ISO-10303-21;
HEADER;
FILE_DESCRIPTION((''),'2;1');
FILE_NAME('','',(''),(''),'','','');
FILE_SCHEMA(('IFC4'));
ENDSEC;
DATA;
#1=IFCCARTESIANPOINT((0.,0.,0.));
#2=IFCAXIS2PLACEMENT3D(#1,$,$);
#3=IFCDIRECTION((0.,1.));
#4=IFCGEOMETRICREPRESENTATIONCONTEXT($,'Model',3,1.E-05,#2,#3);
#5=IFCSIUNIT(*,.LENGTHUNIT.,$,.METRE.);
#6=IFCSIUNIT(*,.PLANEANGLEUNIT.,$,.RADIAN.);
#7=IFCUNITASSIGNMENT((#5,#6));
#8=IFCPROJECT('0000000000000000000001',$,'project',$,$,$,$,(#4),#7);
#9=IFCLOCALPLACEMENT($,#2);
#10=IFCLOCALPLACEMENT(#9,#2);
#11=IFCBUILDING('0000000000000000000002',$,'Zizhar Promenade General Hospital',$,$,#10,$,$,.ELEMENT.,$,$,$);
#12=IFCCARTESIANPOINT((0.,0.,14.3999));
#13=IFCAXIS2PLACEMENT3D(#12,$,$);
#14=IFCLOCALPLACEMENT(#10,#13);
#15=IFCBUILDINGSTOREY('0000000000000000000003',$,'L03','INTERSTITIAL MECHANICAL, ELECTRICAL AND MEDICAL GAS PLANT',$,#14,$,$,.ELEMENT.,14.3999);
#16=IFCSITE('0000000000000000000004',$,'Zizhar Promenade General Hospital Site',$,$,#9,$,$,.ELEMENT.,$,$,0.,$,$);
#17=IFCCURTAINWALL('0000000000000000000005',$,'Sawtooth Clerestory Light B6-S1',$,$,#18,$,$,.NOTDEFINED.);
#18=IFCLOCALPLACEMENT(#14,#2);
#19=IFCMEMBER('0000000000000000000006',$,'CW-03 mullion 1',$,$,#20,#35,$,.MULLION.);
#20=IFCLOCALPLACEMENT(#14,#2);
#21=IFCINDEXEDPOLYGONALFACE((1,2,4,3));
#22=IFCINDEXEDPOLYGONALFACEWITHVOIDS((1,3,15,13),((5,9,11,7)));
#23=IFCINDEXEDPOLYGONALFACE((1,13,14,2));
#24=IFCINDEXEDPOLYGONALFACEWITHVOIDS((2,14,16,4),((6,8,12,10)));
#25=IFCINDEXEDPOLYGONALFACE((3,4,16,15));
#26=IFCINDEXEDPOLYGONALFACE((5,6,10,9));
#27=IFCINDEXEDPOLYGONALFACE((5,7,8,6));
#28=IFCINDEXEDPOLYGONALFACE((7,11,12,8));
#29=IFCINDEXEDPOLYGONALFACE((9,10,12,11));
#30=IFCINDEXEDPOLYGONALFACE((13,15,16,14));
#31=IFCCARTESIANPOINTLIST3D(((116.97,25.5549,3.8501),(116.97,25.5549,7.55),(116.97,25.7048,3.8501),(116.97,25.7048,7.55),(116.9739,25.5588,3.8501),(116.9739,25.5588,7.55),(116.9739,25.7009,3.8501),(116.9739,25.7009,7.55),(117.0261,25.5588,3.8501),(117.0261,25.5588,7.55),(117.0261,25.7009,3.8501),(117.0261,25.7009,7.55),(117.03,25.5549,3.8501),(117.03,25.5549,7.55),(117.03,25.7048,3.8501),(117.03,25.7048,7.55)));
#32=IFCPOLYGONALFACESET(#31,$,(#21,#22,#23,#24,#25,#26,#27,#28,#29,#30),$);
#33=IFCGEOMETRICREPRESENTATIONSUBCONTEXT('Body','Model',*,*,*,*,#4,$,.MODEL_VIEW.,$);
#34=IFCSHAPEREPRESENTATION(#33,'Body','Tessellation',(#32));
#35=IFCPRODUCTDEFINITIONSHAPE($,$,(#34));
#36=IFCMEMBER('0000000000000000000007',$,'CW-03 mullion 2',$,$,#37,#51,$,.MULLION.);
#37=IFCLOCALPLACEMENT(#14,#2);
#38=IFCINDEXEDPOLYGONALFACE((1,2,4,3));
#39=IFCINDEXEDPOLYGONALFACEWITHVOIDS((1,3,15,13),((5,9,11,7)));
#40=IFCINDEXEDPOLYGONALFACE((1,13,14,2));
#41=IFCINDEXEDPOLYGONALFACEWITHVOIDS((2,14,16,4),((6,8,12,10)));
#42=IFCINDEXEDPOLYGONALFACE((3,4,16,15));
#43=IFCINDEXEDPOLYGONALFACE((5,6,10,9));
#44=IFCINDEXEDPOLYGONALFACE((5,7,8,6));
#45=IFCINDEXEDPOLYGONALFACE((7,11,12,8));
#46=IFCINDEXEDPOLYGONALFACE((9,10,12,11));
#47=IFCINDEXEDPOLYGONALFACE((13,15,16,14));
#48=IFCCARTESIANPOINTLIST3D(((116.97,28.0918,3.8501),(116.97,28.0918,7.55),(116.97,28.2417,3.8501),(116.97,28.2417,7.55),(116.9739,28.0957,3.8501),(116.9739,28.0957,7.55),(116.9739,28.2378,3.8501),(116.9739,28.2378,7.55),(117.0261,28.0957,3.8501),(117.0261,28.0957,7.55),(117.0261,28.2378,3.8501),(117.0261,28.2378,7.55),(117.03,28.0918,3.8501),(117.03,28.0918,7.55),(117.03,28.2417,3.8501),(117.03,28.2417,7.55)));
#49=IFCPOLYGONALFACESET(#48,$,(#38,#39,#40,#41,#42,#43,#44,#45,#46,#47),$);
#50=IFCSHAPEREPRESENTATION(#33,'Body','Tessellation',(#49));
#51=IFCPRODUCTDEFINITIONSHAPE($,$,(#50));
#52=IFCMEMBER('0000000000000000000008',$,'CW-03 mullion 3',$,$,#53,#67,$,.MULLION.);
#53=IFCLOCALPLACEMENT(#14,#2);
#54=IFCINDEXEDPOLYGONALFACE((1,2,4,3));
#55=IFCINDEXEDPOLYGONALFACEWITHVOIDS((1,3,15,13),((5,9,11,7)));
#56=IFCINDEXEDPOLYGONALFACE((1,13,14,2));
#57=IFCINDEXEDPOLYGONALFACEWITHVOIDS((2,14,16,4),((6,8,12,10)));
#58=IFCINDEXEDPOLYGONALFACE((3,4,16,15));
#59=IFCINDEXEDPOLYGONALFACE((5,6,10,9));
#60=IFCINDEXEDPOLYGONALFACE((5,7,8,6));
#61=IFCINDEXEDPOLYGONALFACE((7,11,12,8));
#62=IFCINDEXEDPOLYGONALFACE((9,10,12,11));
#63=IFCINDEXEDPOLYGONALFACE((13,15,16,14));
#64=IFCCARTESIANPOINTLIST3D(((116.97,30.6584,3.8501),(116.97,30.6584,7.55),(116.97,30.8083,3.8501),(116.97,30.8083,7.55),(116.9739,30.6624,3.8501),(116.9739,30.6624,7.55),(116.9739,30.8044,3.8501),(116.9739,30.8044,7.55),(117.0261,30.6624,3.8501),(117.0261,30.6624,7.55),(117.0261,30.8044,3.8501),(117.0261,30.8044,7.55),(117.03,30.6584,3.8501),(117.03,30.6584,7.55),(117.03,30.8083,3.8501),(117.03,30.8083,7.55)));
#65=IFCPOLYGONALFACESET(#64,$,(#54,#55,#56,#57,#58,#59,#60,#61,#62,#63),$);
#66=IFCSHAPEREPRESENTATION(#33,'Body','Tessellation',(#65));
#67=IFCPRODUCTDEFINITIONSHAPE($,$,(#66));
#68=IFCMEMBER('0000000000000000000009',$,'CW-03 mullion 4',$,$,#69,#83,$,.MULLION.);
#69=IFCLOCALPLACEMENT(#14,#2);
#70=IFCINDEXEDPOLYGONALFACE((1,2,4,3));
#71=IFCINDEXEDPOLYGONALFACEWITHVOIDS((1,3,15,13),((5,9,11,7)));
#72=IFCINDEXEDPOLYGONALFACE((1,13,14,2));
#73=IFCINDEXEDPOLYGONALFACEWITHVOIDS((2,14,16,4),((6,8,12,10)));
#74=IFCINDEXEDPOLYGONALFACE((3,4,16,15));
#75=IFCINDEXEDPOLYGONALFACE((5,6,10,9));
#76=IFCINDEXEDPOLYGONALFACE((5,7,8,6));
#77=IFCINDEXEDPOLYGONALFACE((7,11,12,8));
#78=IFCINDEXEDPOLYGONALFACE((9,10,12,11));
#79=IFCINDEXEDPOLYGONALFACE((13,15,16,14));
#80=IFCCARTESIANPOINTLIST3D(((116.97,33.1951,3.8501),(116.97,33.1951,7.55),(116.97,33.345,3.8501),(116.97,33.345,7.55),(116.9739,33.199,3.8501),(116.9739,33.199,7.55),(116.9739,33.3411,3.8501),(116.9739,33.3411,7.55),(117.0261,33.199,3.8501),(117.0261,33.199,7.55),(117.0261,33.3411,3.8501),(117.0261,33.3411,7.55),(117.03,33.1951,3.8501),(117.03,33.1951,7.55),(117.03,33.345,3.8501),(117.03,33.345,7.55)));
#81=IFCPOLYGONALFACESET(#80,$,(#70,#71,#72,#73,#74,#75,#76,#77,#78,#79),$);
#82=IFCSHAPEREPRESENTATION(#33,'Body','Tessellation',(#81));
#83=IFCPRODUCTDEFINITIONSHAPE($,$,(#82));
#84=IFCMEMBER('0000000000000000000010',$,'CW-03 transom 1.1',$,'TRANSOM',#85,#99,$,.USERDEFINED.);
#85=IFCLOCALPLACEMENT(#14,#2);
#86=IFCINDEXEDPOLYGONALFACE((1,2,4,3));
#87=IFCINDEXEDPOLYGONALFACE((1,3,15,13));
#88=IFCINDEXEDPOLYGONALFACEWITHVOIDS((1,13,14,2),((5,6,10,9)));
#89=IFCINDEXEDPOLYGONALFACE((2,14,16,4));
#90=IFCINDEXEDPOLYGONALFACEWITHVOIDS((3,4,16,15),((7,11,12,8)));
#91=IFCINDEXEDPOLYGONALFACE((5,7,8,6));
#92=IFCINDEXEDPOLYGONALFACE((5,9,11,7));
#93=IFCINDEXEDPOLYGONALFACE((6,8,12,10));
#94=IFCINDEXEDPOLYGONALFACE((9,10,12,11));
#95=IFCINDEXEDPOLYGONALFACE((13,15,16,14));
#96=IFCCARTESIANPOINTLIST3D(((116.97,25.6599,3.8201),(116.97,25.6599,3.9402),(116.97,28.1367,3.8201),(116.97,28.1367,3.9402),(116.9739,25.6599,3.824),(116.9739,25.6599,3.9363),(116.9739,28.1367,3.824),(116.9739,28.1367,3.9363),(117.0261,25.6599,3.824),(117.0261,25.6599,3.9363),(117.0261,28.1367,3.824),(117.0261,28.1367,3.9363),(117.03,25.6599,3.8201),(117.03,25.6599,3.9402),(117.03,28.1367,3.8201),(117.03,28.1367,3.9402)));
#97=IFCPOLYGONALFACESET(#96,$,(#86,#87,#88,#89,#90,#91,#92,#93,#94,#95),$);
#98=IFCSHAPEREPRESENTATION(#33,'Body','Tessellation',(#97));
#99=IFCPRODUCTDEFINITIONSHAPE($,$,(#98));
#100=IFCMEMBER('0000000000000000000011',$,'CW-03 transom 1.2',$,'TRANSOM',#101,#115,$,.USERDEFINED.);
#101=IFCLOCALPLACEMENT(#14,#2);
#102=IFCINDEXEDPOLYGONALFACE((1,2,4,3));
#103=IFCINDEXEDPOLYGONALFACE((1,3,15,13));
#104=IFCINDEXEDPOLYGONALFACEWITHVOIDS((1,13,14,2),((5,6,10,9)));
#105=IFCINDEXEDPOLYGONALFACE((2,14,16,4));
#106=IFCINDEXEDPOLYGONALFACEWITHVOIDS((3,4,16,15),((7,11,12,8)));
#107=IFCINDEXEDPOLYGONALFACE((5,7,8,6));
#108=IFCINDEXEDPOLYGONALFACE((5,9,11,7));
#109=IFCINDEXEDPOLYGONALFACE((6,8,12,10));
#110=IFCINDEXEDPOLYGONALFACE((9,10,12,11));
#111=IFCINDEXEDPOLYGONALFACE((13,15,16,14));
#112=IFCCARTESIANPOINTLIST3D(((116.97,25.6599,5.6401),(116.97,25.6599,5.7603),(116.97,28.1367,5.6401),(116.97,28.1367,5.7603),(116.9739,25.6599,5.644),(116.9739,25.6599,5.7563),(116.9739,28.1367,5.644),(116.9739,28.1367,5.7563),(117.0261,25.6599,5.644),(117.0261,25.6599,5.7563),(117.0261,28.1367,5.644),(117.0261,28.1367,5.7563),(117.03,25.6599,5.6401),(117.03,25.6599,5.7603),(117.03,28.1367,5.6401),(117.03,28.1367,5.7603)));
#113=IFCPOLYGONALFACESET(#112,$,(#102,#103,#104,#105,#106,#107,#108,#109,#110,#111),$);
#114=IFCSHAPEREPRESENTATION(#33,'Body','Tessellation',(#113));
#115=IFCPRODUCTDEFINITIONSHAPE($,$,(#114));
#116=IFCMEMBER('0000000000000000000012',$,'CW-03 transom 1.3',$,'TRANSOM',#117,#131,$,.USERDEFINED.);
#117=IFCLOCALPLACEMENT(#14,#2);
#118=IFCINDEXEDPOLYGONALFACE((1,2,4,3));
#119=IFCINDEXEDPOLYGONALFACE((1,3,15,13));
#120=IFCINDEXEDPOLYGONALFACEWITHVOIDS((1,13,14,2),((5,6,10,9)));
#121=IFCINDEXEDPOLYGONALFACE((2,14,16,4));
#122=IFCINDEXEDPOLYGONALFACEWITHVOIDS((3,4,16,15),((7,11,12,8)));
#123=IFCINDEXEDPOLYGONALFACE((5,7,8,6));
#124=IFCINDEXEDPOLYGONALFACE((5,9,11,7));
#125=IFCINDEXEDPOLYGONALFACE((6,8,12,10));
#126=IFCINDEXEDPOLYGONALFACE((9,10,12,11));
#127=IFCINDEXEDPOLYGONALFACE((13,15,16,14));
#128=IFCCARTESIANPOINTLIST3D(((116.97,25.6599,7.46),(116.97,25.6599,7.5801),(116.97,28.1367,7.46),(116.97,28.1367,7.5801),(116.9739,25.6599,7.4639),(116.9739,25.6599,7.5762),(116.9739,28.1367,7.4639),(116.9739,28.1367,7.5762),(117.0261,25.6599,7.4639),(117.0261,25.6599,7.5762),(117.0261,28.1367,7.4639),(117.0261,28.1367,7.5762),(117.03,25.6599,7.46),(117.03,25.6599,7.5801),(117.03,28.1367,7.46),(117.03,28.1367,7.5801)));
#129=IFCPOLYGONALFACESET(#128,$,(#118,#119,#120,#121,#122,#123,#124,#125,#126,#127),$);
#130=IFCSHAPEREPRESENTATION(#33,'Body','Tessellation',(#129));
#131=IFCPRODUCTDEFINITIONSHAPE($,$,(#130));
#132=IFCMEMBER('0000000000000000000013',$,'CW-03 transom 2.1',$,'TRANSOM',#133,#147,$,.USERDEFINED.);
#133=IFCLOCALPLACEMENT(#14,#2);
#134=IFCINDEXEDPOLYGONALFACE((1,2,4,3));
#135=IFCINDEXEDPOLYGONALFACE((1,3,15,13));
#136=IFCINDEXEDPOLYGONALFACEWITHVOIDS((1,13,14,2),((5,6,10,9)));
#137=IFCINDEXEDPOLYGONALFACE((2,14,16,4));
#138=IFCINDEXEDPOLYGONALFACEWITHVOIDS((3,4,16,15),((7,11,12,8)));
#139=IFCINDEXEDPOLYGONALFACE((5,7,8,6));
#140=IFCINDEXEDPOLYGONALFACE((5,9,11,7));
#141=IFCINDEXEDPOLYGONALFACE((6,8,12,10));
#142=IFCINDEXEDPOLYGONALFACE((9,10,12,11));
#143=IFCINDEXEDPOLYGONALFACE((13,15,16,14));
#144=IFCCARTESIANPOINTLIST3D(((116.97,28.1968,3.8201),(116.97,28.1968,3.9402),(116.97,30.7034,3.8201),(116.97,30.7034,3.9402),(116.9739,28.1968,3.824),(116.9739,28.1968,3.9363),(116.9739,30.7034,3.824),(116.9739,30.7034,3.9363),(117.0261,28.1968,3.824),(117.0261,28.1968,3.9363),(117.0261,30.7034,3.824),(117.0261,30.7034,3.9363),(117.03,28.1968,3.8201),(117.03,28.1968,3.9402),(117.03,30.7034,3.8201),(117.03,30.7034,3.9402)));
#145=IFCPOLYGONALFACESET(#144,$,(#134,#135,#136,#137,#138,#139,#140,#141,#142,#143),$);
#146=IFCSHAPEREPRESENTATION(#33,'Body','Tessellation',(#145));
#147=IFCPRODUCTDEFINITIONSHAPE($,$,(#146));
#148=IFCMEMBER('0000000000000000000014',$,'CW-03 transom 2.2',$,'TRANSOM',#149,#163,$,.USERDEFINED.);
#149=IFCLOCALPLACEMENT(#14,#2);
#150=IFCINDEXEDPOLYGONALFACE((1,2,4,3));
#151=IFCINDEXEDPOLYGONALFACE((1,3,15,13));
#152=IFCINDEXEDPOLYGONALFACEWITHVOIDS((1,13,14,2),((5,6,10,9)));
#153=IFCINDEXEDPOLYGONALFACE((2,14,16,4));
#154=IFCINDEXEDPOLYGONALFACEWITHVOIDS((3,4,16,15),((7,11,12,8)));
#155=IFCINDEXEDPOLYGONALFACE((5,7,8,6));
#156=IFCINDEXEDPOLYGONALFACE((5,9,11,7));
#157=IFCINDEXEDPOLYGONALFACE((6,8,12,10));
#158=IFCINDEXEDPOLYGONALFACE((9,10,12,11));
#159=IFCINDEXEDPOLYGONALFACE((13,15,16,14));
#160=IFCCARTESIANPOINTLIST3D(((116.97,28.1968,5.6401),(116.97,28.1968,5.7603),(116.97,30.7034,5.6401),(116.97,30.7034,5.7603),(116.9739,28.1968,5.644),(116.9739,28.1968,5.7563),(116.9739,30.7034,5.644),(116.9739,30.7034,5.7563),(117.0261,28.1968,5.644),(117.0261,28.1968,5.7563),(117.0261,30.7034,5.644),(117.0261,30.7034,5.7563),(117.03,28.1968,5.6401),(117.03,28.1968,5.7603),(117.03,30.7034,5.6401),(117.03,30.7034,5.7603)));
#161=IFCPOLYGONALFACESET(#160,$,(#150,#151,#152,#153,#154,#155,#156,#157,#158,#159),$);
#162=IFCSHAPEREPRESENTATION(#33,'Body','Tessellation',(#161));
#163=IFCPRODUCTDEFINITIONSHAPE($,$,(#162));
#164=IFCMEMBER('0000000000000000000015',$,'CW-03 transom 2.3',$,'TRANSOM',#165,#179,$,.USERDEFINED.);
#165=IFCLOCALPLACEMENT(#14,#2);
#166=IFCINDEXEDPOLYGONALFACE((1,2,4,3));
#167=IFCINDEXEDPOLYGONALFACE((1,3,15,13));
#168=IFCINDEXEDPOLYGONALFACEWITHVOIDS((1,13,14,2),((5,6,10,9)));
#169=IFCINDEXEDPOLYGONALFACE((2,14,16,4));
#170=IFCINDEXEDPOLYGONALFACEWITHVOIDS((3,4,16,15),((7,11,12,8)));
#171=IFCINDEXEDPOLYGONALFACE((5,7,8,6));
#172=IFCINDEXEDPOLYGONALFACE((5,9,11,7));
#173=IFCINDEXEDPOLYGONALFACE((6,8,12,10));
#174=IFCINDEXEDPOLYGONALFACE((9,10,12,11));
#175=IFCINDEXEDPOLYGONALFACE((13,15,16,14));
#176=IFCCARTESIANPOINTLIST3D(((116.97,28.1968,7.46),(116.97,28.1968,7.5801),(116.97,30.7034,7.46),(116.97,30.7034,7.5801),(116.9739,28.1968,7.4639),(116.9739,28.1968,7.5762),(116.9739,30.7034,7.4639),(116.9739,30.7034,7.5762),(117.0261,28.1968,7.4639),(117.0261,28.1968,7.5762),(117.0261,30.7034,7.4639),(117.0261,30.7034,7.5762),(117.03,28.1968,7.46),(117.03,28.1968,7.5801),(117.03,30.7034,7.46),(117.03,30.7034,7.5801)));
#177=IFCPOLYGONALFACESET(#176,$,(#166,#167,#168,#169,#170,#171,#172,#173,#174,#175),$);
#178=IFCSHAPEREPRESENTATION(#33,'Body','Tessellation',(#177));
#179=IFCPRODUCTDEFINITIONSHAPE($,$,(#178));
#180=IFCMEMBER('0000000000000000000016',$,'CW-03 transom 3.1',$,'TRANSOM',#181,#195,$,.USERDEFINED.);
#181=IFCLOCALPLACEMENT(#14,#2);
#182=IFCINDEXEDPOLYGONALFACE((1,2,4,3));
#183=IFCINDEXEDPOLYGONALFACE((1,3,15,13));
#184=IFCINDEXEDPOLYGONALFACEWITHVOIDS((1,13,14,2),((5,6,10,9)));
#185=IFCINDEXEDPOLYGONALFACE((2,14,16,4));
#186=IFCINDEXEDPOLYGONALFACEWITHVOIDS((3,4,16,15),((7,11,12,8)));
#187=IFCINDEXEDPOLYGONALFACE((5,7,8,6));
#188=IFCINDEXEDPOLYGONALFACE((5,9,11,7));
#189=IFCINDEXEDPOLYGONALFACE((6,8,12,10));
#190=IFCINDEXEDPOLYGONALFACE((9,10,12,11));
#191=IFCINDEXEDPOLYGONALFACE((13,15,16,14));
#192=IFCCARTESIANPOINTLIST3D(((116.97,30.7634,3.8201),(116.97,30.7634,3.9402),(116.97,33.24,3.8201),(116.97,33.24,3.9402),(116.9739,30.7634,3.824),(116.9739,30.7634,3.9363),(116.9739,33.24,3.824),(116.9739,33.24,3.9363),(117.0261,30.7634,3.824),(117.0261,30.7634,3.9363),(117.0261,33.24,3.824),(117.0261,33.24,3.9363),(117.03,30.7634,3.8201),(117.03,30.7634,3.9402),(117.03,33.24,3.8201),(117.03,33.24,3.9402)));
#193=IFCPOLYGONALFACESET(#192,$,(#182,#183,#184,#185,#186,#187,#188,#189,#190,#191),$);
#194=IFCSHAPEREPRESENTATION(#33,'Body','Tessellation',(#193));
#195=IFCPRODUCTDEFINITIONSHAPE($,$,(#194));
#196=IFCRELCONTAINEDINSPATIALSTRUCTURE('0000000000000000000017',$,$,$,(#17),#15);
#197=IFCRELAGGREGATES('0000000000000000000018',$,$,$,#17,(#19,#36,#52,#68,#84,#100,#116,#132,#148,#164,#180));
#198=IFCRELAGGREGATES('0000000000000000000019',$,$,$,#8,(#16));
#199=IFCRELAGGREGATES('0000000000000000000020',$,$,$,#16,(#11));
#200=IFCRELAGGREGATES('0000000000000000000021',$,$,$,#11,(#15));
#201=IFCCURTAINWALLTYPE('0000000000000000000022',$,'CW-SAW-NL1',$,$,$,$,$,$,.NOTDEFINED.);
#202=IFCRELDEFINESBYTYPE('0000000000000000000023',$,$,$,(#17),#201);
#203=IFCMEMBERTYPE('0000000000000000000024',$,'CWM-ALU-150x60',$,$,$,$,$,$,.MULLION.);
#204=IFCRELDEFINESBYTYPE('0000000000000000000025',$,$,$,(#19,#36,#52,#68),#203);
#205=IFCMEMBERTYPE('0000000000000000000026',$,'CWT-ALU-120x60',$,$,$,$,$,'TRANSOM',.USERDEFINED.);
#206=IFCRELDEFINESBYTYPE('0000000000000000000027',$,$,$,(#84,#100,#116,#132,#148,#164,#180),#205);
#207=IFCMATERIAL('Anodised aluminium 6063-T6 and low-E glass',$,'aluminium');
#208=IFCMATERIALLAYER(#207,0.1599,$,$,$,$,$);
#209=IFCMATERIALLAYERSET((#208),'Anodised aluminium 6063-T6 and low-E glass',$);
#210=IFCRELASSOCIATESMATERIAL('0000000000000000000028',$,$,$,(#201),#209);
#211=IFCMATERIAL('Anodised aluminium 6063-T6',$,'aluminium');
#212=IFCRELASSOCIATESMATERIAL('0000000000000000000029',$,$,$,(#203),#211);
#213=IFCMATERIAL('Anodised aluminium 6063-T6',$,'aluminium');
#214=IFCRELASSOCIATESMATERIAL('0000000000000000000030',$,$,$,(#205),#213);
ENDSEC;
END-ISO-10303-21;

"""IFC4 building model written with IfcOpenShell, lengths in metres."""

from ifc_helpers import new_model, si_unit, direction, frame, origin, origin_2d, place, context, subcontext, project, spatial, hollow_rectangle, extrude, material, layer, layer_set, material_profile, profile_set, type_object, element, aggregate, save


model = new_model("IFC4")

# Units and contexts
model_context = context("Model", 3, precision=1e-05, world=origin(), true_north=direction((0.0, 1.0)))
body_context = subcontext(model_context, "Body", "Model", "MODEL_VIEW")
ifc_project = project(units=[si_unit("LENGTHUNIT", "METRE"), si_unit("PLANEANGLEUNIT", "RADIAN")], contexts=[model_context])

# Site, building, storey
site_placement = place(None, origin())
site = spatial("IfcSite", under=ifc_project, at=site_placement, Name="Zizhar Promenade General Hospital Site", CompositionType="ELEMENT", RefElevation=0.0)
building_placement = place(site_placement, origin())
building = spatial("IfcBuilding", under=site, at=building_placement, Name="Zizhar Promenade General Hospital", CompositionType="ELEMENT")
storey_placement = place(building_placement, frame((0.0, 0.0, 14.3999)))
storey = spatial("IfcBuildingStorey", under=building, at=storey_placement, Name="L03", Description="INTERSTITIAL MECHANICAL, ELECTRICAL AND MEDICAL GAS PLANT", CompositionType="ELEMENT", Elevation=14.3999)

# Curtain wall, members
ifc_material_1 = material(Name="Anodised aluminium 6063-T6 and low-E glass", Category="aluminium")
ifc_layer_1 = layer(ifc_material_1, 0.1599)
ifc_layer_set_1 = layer_set([ifc_layer_1], Name="Anodised aluminium 6063-T6 and low-E glass")
curtain_wall_type = type_object("IfcCurtainWallType", Name="CW-SAW-NL1", PredefinedType="NOTDEFINED", material=ifc_layer_set_1)
curtain_wall_placement = place(storey_placement, origin())
curtain_wall = element("IfcCurtainWall", 1, at=curtain_wall_placement, inside=storey, type_object=curtain_wall_type, Name="Sawtooth Clerestory Light B6-S1", PredefinedType="NOTDEFINED")
ifc_material_2 = material(Name="Anodised aluminium 6063-T6", Category="aluminium")
ifc_material_profile_1 = material_profile(ifc_material_2, hollow_rectangle(XDim=0.0601, YDim=0.1499, WallThickness=0.0039, at=origin_2d()))
ifc_profile_set_1 = profile_set([ifc_material_profile_1], Name="Anodised aluminium 6063-T6")
member_type_1 = type_object("IfcMemberType", Name="CWM-ALU-150x60", PredefinedType="MULLION", material=ifc_profile_set_1)
member_1_placement = place(storey_placement, frame((117.0, 25.6299, 3.8501), z_axis=(0.0, 0.0, 1.0), x_axis=(-1.0, 0.0, 0.0)))
member_1 = element("IfcMember", 2, at=member_1_placement, type_object=member_type_1, Name="CW-03 mullion 1", PredefinedType="MULLION", context=body_context, shape_type="SweptSolid", body=[
    extrude(hollow_rectangle(XDim=0.0601, YDim=0.1499, WallThickness=0.0039, at=origin_2d()), origin(), (0.0, 0.0, 1.0), 3.7),
])
member_2_placement = place(storey_placement, frame((117.0, 28.1667, 3.8501), z_axis=(0.0, 0.0, 1.0), x_axis=(-1.0, 0.0, 0.0)))
member_2 = element("IfcMember", 3, at=member_2_placement, type_object=member_type_1, Name="CW-03 mullion 2", PredefinedType="MULLION", context=body_context, shape_type="SweptSolid", body=[
    extrude(hollow_rectangle(XDim=0.0601, YDim=0.1499, WallThickness=0.0039, at=origin_2d()), origin(), (0.0, 0.0, 1.0), 3.7),
])
member_3_placement = place(storey_placement, frame((117.0, 30.7334, 3.8501), z_axis=(0.0, 0.0, 1.0), x_axis=(-1.0, 0.0, 0.0)))
member_3 = element("IfcMember", 4, at=member_3_placement, type_object=member_type_1, Name="CW-03 mullion 3", PredefinedType="MULLION", context=body_context, shape_type="SweptSolid", body=[
    extrude(hollow_rectangle(XDim=0.0601, YDim=0.1499, WallThickness=0.0039, at=origin_2d()), origin(), (0.0, 0.0, 1.0), 3.7),
])
member_4_placement = place(storey_placement, frame((117.0, 33.27, 3.8501), z_axis=(0.0, 0.0, 1.0), x_axis=(-1.0, 0.0, 0.0)))
member_4 = element("IfcMember", 5, at=member_4_placement, type_object=member_type_1, Name="CW-03 mullion 4", PredefinedType="MULLION", context=body_context, shape_type="SweptSolid", body=[
    extrude(hollow_rectangle(XDim=0.0601, YDim=0.1499, WallThickness=0.0039, at=origin_2d()), origin(), (0.0, 0.0, 1.0), 3.7),
])
ifc_material_3 = material(Name="Anodised aluminium 6063-T6", Category="aluminium")
ifc_material_profile_2 = material_profile(ifc_material_3, hollow_rectangle(XDim=0.0601, YDim=0.1201, WallThickness=0.0039, at=origin_2d()))
ifc_profile_set_2 = profile_set([ifc_material_profile_2], Name="Anodised aluminium 6063-T6")
member_type_2 = type_object("IfcMemberType", Name="CWT-ALU-120x60", ElementType="TRANSOM", PredefinedType="USERDEFINED", material=ifc_profile_set_2)
member_5_placement = place(storey_placement, frame((117.0, 25.6599, 3.8801), z_axis=(0.0, 1.0, 0.0), x_axis=(-1.0, 0.0, 0.0)))
member_5 = element("IfcMember", 6, at=member_5_placement, type_object=member_type_2, Name="CW-03 transom 1.1", ObjectType="TRANSOM", PredefinedType="USERDEFINED", context=body_context, shape_type="SweptSolid", body=[
    extrude(hollow_rectangle(XDim=0.0601, YDim=0.1201, WallThickness=0.0039, at=origin_2d()), origin(), (0.0, 0.0, 1.0), 2.4768),
])
member_6_placement = place(storey_placement, frame((117.0, 25.6599, 5.7002), z_axis=(0.0, 1.0, 0.0), x_axis=(-1.0, 0.0, 0.0)))
member_6 = element("IfcMember", 7, at=member_6_placement, type_object=member_type_2, Name="CW-03 transom 1.2", ObjectType="TRANSOM", PredefinedType="USERDEFINED", context=body_context, shape_type="SweptSolid", body=[
    extrude(hollow_rectangle(XDim=0.0601, YDim=0.1201, WallThickness=0.0039, at=origin_2d()), origin(), (0.0, 0.0, 1.0), 2.4768),
])
member_7_placement = place(storey_placement, frame((117.0, 25.6599, 7.52), z_axis=(0.0, 1.0, 0.0), x_axis=(-1.0, 0.0, 0.0)))
member_7 = element("IfcMember", 8, at=member_7_placement, type_object=member_type_2, Name="CW-03 transom 1.3", ObjectType="TRANSOM", PredefinedType="USERDEFINED", context=body_context, shape_type="SweptSolid", body=[
    extrude(hollow_rectangle(XDim=0.0601, YDim=0.1201, WallThickness=0.0039, at=origin_2d()), origin(), (0.0, 0.0, 1.0), 2.4768),
])
member_8_placement = place(storey_placement, frame((117.0, 28.1968, 3.8801), z_axis=(0.0, 1.0, 0.0), x_axis=(-1.0, 0.0, 0.0)))
member_8 = element("IfcMember", 9, at=member_8_placement, type_object=member_type_2, Name="CW-03 transom 2.1", ObjectType="TRANSOM", PredefinedType="USERDEFINED", context=body_context, shape_type="SweptSolid", body=[
    extrude(hollow_rectangle(XDim=0.0601, YDim=0.1201, WallThickness=0.0039, at=origin_2d()), origin(), (0.0, 0.0, 1.0), 2.5066),
])
member_9_placement = place(storey_placement, frame((117.0, 28.1968, 5.7002), z_axis=(0.0, 1.0, 0.0), x_axis=(-1.0, 0.0, 0.0)))
member_9 = element("IfcMember", 10, at=member_9_placement, type_object=member_type_2, Name="CW-03 transom 2.2", ObjectType="TRANSOM", PredefinedType="USERDEFINED", context=body_context, shape_type="SweptSolid", body=[
    extrude(hollow_rectangle(XDim=0.0601, YDim=0.1201, WallThickness=0.0039, at=origin_2d()), origin(), (0.0, 0.0, 1.0), 2.5066),
])
member_10_placement = place(storey_placement, frame((117.0, 28.1968, 7.52), z_axis=(0.0, 1.0, 0.0), x_axis=(-1.0, 0.0, 0.0)))
member_10 = element("IfcMember", 11, at=member_10_placement, type_object=member_type_2, Name="CW-03 transom 2.3", ObjectType="TRANSOM", PredefinedType="USERDEFINED", context=body_context, shape_type="SweptSolid", body=[
    extrude(hollow_rectangle(XDim=0.0601, YDim=0.1201, WallThickness=0.0039, at=origin_2d()), origin(), (0.0, 0.0, 1.0), 2.5066),
])
member_11_placement = place(storey_placement, frame((117.0, 30.7634, 3.8801), z_axis=(0.0, 1.0, 0.0), x_axis=(-1.0, 0.0, 0.0)))
member_11 = element("IfcMember", 12, at=member_11_placement, type_object=member_type_2, Name="CW-03 transom 3.1", ObjectType="TRANSOM", PredefinedType="USERDEFINED", context=body_context, shape_type="SweptSolid", body=[
    extrude(hollow_rectangle(XDim=0.0601, YDim=0.1201, WallThickness=0.0039, at=origin_2d()), origin(), (0.0, 0.0, 1.0), 2.4766),
])

aggregate(curtain_wall, [member_1, member_2, member_3, member_4, member_5, member_6, member_7, member_8, member_9, member_10, member_11])

save(model, "model.ifc")
